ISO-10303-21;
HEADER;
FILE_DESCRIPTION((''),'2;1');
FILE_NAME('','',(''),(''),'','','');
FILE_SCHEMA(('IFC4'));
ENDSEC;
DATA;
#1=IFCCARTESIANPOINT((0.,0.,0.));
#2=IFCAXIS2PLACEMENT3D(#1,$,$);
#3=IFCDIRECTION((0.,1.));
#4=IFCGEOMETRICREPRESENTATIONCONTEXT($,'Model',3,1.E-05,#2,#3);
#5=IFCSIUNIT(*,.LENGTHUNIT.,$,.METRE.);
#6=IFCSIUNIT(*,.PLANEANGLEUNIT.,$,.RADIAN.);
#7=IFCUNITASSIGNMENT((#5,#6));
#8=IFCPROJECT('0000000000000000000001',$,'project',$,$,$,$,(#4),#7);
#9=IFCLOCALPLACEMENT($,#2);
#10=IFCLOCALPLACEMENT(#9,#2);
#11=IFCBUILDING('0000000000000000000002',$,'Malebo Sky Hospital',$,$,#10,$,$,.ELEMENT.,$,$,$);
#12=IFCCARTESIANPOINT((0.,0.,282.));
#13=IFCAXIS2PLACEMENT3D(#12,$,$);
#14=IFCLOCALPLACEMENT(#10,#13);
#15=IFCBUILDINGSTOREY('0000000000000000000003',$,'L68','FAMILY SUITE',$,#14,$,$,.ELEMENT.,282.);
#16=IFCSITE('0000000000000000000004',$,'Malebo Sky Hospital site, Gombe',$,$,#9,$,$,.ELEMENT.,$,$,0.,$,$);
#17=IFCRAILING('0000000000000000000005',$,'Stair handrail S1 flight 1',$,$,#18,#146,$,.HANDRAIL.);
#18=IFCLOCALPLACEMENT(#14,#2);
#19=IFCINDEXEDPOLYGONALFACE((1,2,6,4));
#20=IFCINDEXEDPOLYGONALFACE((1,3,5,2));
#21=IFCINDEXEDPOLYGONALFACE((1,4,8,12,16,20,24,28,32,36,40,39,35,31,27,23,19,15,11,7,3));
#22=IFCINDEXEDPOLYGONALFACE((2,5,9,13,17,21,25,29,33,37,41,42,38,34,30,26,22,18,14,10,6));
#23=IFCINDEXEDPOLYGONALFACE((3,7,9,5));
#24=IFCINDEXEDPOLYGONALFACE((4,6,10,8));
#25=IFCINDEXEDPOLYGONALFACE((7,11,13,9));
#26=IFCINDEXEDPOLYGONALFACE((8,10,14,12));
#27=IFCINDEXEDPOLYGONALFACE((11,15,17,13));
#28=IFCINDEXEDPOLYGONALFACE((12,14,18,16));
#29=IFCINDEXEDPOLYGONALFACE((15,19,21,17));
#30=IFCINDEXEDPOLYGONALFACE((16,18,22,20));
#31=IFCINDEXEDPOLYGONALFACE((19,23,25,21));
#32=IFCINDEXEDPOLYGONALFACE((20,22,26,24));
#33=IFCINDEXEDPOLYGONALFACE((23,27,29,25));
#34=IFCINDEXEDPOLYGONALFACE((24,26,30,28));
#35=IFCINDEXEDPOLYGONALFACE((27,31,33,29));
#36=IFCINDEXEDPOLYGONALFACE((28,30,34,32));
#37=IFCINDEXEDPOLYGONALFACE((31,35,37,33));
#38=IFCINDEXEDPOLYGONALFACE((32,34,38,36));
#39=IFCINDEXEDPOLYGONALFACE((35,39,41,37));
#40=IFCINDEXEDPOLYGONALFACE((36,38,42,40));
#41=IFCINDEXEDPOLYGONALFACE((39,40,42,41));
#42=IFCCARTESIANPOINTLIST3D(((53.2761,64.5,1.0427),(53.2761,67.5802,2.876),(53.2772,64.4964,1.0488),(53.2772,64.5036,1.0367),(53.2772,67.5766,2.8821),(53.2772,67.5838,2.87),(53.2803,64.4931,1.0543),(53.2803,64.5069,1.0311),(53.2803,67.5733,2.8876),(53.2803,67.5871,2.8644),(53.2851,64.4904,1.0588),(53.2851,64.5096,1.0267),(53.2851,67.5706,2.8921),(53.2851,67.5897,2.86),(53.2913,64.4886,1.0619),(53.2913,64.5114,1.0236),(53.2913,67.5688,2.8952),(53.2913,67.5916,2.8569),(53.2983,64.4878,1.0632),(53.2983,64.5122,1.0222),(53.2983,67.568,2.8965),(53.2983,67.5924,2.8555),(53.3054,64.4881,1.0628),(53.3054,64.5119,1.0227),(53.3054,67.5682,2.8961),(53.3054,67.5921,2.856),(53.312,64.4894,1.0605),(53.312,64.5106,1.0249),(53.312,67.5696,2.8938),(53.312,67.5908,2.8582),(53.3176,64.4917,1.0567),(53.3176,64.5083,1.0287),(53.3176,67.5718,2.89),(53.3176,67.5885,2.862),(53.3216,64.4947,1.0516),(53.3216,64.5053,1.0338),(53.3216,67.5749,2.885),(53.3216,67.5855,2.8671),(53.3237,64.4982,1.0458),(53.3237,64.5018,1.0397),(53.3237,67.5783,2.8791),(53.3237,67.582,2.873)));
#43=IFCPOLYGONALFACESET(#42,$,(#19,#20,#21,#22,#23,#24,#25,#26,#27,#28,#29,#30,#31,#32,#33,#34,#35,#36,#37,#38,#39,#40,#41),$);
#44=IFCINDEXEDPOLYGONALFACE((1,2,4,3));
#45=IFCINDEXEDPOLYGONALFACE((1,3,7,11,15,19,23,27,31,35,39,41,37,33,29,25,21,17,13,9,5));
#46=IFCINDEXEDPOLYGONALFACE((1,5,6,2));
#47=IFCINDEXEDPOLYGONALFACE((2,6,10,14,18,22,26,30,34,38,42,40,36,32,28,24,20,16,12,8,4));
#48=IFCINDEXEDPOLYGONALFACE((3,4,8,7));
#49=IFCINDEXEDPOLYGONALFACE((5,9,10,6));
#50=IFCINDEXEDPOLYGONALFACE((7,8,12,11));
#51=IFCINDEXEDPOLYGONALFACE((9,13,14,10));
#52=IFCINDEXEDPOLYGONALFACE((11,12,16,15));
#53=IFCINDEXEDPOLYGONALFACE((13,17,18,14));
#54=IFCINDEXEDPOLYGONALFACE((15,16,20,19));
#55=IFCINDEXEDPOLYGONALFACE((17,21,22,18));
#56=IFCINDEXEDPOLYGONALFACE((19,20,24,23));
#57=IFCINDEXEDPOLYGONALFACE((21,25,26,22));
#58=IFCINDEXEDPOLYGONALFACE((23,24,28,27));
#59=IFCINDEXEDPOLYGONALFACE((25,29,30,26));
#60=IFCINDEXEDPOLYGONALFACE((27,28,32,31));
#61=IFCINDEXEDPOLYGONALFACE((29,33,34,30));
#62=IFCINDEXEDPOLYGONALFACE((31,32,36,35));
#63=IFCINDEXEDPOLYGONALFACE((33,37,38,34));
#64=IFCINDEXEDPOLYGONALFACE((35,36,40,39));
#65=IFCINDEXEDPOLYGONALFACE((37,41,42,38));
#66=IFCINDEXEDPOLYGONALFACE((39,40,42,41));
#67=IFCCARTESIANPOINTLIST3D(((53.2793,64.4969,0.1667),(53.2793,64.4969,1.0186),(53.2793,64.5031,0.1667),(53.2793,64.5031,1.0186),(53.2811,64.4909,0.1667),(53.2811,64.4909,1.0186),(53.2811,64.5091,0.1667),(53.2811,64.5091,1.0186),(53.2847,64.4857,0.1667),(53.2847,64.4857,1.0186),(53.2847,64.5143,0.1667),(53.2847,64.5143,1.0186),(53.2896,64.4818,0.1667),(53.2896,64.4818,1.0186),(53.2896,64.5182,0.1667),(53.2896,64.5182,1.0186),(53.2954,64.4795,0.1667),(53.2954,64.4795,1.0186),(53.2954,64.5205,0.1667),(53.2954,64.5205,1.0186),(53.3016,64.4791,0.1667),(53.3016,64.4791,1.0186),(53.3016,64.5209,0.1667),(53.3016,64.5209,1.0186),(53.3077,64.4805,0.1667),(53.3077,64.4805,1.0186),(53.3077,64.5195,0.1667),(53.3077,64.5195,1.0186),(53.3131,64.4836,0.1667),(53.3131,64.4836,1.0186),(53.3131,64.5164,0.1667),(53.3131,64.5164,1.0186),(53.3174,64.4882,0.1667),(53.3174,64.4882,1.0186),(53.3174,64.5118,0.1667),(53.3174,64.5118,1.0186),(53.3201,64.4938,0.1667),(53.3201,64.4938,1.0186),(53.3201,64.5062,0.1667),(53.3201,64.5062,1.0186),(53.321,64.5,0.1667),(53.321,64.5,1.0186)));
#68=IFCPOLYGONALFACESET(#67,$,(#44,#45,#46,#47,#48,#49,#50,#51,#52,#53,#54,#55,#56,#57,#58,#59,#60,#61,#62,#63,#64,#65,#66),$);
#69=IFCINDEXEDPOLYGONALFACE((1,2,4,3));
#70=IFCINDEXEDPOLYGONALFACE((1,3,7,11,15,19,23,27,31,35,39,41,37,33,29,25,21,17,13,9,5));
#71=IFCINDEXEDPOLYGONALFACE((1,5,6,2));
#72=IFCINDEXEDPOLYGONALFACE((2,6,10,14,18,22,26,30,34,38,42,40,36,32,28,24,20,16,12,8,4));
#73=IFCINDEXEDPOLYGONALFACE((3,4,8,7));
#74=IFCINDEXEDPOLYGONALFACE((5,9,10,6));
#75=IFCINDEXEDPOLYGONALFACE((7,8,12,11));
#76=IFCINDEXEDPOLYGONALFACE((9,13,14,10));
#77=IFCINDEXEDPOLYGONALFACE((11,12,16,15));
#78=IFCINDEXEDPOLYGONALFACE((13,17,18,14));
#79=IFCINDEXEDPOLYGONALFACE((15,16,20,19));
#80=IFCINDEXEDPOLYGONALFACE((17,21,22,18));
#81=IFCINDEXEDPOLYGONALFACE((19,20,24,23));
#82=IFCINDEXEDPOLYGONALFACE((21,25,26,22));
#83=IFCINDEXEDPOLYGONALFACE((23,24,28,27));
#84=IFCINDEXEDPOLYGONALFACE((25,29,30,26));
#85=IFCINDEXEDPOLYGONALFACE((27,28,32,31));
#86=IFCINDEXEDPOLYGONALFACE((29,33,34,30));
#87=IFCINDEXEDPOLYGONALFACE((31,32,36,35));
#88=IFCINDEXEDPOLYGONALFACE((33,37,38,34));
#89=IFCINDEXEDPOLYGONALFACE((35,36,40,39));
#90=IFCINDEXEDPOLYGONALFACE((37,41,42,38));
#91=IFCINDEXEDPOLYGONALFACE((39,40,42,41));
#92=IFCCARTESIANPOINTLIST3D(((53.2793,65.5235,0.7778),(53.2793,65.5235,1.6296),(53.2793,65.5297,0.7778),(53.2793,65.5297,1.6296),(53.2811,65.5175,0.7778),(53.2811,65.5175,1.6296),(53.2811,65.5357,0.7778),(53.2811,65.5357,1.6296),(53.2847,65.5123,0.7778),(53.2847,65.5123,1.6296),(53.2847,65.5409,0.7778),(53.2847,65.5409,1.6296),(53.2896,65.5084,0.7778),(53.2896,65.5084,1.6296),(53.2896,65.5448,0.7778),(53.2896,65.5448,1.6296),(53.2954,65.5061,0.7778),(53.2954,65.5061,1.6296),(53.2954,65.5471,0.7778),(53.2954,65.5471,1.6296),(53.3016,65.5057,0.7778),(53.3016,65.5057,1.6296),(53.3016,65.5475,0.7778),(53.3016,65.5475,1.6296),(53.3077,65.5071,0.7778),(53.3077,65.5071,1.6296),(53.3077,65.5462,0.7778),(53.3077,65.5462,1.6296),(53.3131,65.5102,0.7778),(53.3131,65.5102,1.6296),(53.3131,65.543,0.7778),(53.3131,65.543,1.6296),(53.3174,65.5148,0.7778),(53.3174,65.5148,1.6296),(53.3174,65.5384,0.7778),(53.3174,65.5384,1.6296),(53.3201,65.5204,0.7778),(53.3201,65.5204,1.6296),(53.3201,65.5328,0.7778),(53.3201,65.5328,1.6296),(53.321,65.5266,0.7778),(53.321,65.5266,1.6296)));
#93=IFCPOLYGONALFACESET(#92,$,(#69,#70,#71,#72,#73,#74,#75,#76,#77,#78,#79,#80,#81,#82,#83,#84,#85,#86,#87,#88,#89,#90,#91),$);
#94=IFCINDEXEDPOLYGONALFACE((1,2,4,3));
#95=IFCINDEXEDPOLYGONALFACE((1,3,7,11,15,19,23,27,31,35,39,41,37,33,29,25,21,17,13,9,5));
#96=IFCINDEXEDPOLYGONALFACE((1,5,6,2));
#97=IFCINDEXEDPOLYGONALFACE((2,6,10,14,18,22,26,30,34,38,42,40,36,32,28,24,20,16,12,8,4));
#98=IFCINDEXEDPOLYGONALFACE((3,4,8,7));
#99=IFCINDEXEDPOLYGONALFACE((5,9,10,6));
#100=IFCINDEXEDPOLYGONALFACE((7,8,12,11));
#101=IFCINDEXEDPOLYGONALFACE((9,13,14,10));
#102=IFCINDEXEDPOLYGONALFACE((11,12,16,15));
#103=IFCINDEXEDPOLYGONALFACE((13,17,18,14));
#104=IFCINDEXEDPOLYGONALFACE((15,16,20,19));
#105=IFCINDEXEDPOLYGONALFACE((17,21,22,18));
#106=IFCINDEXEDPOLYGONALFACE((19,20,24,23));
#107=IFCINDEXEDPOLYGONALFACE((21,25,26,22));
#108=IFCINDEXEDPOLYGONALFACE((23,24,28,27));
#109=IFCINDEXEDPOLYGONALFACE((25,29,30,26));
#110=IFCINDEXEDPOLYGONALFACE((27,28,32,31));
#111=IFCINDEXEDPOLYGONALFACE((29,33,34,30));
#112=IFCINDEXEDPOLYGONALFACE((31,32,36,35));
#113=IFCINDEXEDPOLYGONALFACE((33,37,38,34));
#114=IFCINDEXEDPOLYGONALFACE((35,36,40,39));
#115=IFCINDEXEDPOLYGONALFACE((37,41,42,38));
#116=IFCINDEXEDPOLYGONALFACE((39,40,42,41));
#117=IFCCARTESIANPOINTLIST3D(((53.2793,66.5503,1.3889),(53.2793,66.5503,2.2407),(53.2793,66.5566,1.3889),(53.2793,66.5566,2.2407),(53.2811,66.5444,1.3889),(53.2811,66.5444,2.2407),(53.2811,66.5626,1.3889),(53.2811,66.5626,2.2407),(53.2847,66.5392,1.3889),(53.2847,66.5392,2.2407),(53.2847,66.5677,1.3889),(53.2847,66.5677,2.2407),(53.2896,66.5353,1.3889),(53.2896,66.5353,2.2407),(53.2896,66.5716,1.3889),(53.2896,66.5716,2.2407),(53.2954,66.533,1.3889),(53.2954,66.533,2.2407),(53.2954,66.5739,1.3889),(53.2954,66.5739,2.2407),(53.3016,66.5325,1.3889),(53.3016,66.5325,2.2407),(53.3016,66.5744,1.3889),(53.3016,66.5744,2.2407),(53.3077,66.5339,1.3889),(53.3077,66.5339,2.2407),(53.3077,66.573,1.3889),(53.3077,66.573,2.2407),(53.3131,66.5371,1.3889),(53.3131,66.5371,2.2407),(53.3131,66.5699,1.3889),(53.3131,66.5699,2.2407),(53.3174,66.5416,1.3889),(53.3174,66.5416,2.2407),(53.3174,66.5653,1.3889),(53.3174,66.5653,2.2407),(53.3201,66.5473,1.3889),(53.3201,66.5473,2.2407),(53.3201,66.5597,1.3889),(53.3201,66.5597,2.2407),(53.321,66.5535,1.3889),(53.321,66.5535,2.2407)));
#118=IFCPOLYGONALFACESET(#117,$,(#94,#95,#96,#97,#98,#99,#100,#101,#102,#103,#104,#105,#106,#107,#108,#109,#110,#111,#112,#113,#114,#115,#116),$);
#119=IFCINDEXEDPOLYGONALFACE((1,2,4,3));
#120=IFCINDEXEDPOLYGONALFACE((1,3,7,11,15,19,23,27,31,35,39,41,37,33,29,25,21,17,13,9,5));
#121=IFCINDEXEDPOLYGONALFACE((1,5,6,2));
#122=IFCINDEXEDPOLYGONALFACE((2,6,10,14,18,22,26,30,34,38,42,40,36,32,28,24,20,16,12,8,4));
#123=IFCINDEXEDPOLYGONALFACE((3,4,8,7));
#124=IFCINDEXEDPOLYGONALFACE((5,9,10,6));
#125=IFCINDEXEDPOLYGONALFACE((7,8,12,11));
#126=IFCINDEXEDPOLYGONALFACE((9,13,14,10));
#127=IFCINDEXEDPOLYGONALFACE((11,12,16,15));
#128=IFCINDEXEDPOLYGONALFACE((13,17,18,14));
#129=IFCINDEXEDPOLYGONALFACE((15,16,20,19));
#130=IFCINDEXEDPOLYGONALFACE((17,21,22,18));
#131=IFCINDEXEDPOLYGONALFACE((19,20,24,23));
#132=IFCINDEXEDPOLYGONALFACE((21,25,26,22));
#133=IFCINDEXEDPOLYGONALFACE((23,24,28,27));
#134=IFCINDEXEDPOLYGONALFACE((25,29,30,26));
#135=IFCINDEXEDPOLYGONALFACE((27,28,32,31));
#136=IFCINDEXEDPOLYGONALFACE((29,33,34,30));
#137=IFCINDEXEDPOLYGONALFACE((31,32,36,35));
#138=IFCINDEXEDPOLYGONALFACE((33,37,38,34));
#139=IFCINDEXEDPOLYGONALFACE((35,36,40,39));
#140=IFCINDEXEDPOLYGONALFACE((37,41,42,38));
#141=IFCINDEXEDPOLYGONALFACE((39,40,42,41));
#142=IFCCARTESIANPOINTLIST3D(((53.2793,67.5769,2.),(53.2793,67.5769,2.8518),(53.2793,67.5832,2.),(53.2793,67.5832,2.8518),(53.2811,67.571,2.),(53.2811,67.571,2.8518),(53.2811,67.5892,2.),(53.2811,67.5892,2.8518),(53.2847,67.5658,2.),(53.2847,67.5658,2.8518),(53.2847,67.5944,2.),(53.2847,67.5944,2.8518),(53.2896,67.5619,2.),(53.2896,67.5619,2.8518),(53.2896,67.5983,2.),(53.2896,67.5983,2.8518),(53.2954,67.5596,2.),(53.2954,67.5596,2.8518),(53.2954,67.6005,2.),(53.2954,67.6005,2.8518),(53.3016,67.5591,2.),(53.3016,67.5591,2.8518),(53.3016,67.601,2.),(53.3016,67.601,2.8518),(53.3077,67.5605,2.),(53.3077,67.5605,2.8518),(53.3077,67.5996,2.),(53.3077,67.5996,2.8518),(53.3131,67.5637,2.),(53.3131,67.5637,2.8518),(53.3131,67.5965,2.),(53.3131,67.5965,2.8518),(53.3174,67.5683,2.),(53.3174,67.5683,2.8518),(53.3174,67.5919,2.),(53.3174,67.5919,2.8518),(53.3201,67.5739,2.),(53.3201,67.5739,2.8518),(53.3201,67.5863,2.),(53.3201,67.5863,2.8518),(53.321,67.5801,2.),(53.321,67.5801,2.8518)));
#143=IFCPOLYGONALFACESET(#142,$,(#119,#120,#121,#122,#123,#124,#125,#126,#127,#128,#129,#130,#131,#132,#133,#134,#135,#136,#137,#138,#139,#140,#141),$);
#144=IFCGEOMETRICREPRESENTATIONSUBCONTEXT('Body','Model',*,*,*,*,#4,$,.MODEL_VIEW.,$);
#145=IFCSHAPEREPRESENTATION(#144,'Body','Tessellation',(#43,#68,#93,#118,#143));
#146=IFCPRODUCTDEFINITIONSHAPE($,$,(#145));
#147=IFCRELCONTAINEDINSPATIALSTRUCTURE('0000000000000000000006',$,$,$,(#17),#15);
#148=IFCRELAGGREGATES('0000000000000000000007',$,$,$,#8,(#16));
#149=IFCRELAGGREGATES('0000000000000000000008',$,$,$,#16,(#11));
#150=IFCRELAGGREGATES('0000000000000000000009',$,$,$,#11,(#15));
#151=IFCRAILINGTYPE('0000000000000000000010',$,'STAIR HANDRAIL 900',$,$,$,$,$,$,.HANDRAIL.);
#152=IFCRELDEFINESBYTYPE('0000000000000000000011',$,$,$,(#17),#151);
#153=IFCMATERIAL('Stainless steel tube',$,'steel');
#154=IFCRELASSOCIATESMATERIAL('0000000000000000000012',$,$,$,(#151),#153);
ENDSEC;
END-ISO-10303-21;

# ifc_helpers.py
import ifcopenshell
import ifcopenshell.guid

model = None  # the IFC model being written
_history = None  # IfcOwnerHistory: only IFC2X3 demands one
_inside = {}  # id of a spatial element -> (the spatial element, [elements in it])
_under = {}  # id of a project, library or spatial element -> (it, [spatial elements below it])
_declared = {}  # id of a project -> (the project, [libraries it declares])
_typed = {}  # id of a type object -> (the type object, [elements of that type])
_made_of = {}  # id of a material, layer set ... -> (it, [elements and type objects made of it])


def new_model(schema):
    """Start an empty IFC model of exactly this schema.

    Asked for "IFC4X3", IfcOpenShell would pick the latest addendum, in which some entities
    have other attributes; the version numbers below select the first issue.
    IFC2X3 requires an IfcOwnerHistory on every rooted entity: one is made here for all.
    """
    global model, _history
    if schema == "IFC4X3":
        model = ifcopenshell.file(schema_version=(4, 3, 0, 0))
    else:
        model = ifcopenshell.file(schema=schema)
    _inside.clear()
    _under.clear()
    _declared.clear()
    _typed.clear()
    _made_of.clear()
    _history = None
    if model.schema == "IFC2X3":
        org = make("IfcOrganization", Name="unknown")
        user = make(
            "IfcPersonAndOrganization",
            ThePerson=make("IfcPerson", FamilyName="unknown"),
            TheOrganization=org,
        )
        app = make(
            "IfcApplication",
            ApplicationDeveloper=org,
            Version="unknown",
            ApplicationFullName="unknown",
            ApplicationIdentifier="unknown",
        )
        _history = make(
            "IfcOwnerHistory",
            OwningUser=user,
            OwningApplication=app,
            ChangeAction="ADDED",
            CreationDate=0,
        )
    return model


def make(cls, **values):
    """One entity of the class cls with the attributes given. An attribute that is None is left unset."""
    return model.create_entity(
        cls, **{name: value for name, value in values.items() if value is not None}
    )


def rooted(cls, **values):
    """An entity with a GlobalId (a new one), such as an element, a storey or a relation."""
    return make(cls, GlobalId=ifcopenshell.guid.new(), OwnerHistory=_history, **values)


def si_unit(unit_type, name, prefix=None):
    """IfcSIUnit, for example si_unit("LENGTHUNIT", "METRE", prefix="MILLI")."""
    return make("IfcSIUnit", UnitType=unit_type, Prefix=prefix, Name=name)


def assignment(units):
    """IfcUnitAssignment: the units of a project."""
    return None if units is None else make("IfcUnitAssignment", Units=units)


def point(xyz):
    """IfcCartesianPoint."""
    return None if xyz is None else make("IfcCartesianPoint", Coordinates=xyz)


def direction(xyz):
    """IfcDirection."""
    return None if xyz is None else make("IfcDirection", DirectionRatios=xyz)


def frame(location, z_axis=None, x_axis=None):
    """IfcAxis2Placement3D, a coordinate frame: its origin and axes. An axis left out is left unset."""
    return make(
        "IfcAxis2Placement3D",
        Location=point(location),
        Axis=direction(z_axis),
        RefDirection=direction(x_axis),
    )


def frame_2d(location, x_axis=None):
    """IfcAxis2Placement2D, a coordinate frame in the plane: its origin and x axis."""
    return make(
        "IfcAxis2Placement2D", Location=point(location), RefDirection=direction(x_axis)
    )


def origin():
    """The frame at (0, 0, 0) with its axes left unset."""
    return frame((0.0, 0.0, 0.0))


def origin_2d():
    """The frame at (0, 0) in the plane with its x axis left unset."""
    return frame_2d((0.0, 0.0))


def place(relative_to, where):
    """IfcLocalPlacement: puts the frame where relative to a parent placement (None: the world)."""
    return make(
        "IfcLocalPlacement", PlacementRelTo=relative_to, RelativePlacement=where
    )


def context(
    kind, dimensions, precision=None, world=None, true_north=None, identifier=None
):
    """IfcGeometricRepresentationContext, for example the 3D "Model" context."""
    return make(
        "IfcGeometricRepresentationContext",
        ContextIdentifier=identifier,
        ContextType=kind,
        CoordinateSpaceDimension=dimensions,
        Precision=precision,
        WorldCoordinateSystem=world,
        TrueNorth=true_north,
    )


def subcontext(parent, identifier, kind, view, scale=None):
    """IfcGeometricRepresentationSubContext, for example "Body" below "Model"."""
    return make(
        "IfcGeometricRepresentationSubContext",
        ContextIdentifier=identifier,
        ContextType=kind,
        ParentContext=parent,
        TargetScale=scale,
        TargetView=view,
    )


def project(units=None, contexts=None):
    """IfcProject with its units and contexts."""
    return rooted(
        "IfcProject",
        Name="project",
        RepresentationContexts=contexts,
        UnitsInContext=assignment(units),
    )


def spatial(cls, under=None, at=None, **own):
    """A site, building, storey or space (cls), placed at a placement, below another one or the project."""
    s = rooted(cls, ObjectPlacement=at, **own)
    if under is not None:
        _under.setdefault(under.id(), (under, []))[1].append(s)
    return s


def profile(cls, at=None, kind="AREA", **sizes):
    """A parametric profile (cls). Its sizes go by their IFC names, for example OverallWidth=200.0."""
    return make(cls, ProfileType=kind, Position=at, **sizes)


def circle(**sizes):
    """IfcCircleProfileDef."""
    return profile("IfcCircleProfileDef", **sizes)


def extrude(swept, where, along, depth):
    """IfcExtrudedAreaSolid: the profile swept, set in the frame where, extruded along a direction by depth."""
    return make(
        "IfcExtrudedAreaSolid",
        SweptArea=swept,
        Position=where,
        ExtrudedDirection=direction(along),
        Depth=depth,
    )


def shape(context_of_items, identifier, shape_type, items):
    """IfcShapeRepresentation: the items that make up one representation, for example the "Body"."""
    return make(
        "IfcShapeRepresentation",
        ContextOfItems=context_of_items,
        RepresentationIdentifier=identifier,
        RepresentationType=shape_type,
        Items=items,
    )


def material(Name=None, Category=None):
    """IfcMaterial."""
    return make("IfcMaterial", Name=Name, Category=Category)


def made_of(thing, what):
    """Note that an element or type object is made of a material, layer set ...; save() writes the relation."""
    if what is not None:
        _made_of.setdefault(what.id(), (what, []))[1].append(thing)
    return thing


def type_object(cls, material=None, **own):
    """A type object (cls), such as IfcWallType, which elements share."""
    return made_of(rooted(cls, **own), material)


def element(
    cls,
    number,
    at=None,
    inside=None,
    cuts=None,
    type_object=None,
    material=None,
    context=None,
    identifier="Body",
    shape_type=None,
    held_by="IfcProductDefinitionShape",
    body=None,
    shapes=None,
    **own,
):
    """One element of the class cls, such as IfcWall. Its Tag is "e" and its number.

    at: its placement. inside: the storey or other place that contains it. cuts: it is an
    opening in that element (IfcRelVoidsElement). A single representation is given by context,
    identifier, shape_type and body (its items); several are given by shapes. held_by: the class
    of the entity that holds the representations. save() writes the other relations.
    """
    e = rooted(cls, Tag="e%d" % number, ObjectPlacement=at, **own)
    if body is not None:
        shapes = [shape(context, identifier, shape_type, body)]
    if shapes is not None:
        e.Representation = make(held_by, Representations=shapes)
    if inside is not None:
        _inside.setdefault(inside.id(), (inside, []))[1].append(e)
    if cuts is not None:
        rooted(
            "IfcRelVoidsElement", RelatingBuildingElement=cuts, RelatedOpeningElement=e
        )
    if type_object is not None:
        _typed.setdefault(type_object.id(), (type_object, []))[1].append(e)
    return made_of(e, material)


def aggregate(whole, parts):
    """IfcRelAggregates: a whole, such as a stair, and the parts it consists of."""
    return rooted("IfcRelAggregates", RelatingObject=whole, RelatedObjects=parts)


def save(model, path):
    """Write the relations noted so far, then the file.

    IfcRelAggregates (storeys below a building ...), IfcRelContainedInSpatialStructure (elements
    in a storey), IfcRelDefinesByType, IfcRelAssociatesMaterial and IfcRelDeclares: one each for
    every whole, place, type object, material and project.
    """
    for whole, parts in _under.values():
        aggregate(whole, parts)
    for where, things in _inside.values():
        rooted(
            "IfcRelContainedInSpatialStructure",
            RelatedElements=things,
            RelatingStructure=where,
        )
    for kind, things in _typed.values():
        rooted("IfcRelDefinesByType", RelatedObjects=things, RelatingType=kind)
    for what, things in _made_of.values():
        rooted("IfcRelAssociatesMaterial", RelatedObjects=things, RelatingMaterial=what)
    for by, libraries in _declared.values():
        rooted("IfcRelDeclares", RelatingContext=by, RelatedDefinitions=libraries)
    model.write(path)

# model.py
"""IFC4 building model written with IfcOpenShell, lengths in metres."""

from ifc_helpers import new_model, si_unit, direction, frame, origin, origin_2d, place, context, subcontext, project, spatial, circle, extrude, material, type_object, element, save


model = new_model("IFC4")

# Units and contexts
model_context = context("Model", 3, precision=1e-05, world=origin(), true_north=direction((0.0, 1.0)))
body_context = subcontext(model_context, "Body", "Model", "MODEL_VIEW")
ifc_project = project(units=[si_unit("LENGTHUNIT", "METRE"), si_unit("PLANEANGLEUNIT", "RADIAN")], contexts=[model_context])

# Site, building, storey
site_placement = place(None, origin())
site = spatial("IfcSite", under=ifc_project, at=site_placement, Name="Malebo Sky Hospital site, Gombe", CompositionType="ELEMENT", RefElevation=0.0)
building_placement = place(site_placement, origin())
building = spatial("IfcBuilding", under=site, at=building_placement, Name="Malebo Sky Hospital", CompositionType="ELEMENT")
storey_placement = place(building_placement, frame((0.0, 0.0, 282.0)))
storey = spatial("IfcBuildingStorey", under=building, at=storey_placement, Name="L68", Description="FAMILY SUITE", CompositionType="ELEMENT", Elevation=282.0)

# Railing
ifc_material_1 = material(Name="Stainless steel tube", Category="steel")
railing_type = type_object("IfcRailingType", Name="STAIR HANDRAIL 900", PredefinedType="HANDRAIL", material=ifc_material_1)
railing_1_placement = place(storey_placement, frame((53.3, 64.5, 0.1667)))
element("IfcRailing", 1, at=railing_1_placement, inside=storey, type_object=railing_type, Name="Stair handrail S1 flight 1", PredefinedType="HANDRAIL", context=body_context, shape_type="SweptSolid", body=[
    extrude(circle(Radius=0.0239, at=origin_2d()), frame((0.0, 0.0, 0.876), z_axis=(0.0, 0.859309, 0.511458), x_axis=(-1.0, 0.0, 0.0)), (0.0, 0.0, 1.0), 3.5845),
    extrude(circle(Radius=0.021, at=origin_2d()), origin(), (0.0, 0.0, 1.0), 0.8518),
    extrude(circle(Radius=0.021, at=origin_2d()), frame((0.0, 1.0266, 0.6111)), (0.0, 0.0, 1.0), 0.8518),
    extrude(circle(Radius=0.021, at=origin_2d()), frame((0.0, 2.0535, 1.2222)), (0.0, 0.0, 1.0), 0.8518),
    extrude(circle(Radius=0.021, at=origin_2d()), frame((0.0, 3.0801, 1.8333)), (0.0, 0.0, 1.0), 0.8518),
])

save(model, "model.ifc")
